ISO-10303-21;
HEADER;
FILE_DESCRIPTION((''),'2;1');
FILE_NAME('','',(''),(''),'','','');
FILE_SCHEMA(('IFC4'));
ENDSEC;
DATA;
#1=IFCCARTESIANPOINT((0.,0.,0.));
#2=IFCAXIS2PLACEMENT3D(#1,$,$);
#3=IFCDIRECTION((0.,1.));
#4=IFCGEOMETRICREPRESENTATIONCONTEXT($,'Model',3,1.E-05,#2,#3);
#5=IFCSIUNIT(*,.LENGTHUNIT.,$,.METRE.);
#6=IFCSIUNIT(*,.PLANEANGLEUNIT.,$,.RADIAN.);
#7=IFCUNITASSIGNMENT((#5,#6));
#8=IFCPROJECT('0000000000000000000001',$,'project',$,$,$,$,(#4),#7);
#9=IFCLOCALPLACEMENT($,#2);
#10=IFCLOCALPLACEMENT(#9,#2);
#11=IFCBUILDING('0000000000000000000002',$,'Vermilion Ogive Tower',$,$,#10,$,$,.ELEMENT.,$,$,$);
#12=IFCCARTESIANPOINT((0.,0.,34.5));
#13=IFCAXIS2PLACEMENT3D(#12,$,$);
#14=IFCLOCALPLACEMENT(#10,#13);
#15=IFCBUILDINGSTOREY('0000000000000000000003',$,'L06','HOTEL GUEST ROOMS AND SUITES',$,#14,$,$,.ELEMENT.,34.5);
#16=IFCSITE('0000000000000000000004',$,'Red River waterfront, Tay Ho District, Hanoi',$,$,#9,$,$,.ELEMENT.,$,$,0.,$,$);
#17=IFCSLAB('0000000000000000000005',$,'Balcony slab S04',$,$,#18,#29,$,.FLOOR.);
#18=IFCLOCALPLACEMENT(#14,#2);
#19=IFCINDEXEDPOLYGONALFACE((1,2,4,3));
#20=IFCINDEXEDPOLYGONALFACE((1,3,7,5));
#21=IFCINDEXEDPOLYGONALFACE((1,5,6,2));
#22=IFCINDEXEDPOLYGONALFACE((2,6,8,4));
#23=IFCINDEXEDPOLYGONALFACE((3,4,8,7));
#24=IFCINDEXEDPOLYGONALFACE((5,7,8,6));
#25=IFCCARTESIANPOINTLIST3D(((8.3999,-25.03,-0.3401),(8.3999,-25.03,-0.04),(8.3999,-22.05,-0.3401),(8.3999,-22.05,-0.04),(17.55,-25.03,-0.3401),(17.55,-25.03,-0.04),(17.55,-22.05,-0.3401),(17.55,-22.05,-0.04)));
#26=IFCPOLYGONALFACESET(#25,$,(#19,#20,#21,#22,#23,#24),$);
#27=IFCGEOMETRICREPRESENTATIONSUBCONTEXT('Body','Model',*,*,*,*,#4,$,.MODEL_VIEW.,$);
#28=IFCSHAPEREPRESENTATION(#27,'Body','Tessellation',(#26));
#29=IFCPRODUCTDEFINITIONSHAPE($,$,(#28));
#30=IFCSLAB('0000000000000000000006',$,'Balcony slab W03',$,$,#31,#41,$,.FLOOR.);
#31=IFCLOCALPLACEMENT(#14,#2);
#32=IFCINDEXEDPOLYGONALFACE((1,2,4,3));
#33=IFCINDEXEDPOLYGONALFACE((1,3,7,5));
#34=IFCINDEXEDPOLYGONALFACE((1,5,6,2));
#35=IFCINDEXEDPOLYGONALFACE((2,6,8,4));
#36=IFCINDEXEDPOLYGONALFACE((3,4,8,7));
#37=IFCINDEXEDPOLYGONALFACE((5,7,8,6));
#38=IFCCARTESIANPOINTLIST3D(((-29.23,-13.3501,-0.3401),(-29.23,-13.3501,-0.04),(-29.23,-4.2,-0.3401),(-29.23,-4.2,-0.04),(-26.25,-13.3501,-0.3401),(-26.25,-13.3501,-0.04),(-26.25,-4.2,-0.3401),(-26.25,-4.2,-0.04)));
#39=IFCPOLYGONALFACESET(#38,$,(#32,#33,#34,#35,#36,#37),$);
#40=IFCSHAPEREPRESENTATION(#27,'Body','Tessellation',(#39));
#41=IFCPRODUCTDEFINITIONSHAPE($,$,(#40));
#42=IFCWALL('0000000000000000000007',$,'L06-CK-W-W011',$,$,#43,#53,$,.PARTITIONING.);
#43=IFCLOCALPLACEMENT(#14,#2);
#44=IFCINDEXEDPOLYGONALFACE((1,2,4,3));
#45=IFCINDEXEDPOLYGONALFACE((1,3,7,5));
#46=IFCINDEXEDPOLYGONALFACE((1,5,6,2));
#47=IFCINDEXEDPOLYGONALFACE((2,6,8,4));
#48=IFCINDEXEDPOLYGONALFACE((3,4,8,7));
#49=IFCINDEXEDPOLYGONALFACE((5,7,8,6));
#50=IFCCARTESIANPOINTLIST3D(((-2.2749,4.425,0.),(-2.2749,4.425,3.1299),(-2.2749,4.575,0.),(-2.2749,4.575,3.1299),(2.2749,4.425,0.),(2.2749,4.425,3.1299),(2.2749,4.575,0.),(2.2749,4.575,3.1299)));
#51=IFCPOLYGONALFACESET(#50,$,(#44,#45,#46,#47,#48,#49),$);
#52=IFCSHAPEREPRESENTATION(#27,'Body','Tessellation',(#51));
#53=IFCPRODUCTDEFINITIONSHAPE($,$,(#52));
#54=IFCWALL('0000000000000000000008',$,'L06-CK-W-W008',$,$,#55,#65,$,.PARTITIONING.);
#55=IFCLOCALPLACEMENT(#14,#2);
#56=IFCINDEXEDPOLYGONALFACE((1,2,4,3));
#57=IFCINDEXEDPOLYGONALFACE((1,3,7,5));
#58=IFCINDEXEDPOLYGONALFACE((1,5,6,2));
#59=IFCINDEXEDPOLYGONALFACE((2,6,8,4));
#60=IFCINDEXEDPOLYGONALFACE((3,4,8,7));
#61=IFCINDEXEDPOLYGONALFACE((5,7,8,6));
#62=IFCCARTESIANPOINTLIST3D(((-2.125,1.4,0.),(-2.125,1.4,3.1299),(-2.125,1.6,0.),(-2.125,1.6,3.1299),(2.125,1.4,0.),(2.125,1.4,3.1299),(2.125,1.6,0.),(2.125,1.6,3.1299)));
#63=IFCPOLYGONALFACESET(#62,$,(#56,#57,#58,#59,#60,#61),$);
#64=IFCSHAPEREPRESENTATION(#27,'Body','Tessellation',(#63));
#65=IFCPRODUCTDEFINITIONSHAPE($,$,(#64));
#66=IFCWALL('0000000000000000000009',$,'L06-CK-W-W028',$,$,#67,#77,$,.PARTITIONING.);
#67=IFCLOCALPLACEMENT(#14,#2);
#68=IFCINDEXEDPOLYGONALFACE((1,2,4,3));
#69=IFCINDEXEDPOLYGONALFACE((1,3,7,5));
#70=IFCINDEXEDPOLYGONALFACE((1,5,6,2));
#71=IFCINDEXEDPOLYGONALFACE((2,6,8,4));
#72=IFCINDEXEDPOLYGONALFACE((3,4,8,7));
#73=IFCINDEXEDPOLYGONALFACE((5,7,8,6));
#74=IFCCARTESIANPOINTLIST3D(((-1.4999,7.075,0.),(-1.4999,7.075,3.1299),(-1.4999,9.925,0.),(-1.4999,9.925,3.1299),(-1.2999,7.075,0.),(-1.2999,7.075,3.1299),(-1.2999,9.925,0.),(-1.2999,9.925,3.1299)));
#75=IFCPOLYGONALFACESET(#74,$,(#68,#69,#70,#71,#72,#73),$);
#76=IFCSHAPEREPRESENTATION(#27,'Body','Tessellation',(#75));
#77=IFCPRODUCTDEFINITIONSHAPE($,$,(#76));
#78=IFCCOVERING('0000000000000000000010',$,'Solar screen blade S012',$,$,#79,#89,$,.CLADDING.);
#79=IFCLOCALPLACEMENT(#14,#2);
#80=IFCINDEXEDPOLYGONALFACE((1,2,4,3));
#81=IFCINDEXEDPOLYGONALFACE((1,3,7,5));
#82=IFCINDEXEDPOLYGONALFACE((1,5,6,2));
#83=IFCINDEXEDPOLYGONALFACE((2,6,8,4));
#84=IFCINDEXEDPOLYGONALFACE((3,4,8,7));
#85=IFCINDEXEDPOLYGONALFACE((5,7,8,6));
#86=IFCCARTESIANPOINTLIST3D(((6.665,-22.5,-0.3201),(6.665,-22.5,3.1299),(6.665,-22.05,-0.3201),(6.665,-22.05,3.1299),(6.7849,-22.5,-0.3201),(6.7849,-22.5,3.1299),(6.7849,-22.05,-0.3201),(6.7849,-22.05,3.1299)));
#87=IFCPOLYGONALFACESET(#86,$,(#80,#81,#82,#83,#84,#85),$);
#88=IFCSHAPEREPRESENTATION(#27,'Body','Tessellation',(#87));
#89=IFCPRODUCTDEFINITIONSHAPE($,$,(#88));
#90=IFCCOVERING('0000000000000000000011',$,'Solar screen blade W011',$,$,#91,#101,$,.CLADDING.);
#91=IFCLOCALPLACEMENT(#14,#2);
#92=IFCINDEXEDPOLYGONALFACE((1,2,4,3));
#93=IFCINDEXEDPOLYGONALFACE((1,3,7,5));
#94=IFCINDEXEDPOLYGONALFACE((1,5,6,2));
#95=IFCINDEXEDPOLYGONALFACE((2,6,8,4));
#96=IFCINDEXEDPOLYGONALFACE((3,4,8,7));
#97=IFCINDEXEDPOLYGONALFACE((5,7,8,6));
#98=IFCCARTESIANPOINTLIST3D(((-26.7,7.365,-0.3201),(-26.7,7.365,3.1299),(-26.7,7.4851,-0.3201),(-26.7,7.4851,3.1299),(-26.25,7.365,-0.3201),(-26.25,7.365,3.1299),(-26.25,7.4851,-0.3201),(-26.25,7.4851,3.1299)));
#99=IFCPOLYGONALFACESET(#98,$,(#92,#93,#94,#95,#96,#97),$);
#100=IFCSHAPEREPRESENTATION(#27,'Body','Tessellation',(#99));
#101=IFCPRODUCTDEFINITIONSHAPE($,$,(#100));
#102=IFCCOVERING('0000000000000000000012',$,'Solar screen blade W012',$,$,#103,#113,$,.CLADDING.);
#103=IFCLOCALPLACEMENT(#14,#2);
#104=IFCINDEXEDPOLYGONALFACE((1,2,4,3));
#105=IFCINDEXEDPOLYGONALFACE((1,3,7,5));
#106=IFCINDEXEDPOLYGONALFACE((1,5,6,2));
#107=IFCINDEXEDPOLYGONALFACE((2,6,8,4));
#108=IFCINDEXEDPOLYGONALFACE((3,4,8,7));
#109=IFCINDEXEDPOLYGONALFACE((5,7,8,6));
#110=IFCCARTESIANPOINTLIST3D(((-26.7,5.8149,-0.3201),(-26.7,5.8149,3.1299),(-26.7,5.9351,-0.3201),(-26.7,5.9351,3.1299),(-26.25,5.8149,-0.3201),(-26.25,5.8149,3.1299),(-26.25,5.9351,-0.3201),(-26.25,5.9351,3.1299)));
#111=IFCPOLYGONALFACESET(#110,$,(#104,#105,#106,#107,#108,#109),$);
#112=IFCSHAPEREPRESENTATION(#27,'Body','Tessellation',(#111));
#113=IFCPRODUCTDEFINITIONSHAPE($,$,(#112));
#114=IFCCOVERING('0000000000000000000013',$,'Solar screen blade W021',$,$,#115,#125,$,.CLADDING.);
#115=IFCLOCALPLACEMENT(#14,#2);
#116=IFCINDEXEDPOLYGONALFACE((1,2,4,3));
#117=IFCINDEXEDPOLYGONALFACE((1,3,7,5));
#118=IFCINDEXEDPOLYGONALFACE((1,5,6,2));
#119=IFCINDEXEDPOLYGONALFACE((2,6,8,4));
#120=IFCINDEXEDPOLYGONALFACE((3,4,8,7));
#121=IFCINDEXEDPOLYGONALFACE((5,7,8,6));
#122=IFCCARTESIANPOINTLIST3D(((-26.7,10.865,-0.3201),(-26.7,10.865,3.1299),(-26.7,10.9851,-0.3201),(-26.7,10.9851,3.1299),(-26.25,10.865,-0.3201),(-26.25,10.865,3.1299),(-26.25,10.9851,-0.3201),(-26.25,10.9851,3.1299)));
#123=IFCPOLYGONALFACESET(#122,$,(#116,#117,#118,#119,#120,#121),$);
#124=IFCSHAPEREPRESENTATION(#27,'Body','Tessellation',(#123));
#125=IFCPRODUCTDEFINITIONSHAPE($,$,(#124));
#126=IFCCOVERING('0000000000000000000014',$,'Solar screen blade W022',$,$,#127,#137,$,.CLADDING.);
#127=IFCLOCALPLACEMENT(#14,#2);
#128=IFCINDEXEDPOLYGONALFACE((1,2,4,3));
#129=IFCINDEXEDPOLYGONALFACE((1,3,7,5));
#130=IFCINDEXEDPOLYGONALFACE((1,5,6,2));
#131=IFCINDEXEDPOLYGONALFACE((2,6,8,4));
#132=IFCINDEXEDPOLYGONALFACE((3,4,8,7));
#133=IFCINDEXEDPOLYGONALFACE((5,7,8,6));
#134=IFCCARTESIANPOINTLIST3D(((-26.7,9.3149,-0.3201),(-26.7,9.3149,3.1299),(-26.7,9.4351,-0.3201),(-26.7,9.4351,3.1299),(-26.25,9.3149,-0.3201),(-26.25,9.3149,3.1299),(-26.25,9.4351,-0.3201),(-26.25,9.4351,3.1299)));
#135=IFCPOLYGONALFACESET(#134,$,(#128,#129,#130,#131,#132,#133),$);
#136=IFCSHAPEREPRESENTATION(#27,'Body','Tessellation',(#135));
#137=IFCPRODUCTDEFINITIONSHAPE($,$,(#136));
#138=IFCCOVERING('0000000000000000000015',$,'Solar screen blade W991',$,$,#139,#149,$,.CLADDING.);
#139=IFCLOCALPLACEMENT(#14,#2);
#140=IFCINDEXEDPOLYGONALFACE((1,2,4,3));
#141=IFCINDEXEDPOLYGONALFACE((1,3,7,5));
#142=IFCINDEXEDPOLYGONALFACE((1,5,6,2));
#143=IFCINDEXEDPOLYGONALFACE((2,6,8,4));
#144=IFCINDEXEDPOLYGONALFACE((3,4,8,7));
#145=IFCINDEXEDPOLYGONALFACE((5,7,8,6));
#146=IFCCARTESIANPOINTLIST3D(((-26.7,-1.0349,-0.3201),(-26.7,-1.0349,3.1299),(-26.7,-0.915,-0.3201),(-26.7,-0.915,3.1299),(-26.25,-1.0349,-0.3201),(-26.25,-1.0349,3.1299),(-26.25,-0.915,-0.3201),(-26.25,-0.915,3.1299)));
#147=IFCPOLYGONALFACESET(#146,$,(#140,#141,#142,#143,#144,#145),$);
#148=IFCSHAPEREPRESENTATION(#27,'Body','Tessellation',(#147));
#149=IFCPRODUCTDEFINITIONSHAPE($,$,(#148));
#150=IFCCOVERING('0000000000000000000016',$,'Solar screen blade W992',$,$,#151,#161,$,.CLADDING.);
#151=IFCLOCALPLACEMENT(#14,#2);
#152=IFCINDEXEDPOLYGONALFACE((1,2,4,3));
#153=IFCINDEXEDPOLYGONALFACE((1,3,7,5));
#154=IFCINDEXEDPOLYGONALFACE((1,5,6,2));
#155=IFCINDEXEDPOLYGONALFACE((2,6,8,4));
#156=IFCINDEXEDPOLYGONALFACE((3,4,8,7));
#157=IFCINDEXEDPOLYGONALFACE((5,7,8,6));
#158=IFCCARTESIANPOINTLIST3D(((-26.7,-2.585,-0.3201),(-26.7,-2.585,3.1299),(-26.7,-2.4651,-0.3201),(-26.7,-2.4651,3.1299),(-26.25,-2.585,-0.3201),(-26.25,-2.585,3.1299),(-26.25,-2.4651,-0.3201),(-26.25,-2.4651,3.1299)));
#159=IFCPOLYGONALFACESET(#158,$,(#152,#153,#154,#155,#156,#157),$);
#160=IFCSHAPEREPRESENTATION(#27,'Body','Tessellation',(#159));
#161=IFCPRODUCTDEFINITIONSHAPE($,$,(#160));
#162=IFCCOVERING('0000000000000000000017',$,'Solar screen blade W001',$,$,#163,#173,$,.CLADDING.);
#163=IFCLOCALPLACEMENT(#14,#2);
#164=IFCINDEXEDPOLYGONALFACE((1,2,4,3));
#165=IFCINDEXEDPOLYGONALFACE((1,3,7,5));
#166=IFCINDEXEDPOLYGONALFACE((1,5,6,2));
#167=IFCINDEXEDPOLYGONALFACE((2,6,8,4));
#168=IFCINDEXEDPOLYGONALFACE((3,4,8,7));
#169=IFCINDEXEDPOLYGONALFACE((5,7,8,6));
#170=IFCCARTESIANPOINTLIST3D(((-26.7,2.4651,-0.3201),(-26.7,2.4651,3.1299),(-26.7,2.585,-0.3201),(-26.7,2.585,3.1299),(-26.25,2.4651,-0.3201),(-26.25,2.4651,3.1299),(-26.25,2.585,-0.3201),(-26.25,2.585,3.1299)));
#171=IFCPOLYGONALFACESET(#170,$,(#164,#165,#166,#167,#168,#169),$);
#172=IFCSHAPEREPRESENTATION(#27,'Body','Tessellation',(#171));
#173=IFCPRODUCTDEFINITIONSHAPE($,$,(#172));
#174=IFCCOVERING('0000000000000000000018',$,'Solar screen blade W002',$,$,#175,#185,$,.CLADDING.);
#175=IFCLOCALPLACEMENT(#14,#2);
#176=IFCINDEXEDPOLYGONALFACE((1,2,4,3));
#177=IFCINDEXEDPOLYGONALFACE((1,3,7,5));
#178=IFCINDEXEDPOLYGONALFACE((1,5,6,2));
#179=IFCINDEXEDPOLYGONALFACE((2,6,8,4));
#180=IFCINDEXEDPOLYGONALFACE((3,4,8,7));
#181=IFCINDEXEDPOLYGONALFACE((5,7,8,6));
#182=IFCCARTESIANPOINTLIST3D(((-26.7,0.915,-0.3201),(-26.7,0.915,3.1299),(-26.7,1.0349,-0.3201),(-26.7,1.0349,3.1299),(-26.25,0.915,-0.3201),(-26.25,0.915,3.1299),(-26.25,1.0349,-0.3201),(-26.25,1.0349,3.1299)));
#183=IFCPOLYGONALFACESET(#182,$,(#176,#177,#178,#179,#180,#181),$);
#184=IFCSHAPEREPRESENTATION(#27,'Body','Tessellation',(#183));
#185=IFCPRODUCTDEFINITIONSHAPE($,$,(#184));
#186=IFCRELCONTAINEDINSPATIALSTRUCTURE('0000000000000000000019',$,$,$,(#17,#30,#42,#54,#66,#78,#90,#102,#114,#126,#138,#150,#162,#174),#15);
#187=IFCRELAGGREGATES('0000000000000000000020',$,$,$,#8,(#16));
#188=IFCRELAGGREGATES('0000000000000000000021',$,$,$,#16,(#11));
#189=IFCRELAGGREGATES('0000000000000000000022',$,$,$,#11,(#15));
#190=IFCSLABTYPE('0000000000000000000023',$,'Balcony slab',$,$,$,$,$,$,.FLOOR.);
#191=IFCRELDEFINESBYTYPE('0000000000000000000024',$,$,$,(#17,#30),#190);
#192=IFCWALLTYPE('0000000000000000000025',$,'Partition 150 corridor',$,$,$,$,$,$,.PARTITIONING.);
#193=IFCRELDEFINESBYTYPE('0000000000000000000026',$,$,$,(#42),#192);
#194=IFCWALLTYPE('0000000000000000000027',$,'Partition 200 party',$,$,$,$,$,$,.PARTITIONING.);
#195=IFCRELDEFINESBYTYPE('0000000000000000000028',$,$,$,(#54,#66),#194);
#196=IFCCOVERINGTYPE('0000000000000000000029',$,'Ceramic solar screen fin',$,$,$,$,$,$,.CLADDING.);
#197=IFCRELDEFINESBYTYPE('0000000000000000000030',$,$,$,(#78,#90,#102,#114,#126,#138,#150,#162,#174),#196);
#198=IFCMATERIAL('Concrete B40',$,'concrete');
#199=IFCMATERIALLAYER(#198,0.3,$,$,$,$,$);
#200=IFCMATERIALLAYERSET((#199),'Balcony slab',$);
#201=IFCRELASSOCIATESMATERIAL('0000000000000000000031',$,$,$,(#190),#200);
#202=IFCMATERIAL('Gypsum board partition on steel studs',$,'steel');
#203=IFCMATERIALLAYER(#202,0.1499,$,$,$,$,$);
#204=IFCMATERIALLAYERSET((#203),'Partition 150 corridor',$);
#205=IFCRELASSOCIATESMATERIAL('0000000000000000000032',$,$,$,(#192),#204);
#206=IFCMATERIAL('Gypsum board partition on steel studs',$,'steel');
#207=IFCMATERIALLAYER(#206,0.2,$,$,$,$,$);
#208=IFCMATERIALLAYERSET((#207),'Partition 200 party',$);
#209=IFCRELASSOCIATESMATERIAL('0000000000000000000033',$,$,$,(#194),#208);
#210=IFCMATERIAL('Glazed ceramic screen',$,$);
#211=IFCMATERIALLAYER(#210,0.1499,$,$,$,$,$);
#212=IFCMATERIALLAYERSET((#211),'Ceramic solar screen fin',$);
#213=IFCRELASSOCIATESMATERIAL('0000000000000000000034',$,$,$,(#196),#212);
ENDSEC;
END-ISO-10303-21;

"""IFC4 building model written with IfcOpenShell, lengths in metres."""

from ifc_helpers import new_model, si_unit, direction, frame, frame_2d, origin, place, context, subcontext, project, spatial, polyline, rectangle, outline, extrude, material, layer, layer_set, type_object, element, save


model = new_model("IFC4")

# Units and contexts
model_context = context("Model", 3, precision=1e-05, world=origin(), true_north=direction((0.0, 1.0)))
body_context = subcontext(model_context, "Body", "Model", "MODEL_VIEW")
ifc_project = project(units=[si_unit("LENGTHUNIT", "METRE"), si_unit("PLANEANGLEUNIT", "RADIAN")], contexts=[model_context])

# Site, building, storey
site_placement = place(None, origin())
site = spatial("IfcSite", under=ifc_project, at=site_placement, Name="Red River waterfront, Tay Ho District, Hanoi", CompositionType="ELEMENT", RefElevation=0.0)
building_placement = place(site_placement, origin())
building = spatial("IfcBuilding", under=site, at=building_placement, Name="Vermilion Ogive Tower", CompositionType="ELEMENT")
storey_placement = place(building_placement, frame((0.0, 0.0, 34.5)))
storey = spatial("IfcBuildingStorey", under=building, at=storey_placement, Name="L06", Description="HOTEL GUEST ROOMS AND SUITES", CompositionType="ELEMENT", Elevation=34.5)

# Slabs
ifc_material_1 = material(Name="Concrete B40", Category="concrete")
ifc_layer_1 = layer(ifc_material_1, 0.3)
ifc_layer_set_1 = layer_set([ifc_layer_1], Name="Balcony slab")
slab_type = type_object("IfcSlabType", Name="Balcony slab", PredefinedType="FLOOR", material=ifc_layer_set_1)
slab_1_placement = place(storey_placement, frame((0.0, 0.0, -0.3401)))
element("IfcSlab", 1, at=slab_1_placement, inside=storey, type_object=slab_type, Name="Balcony slab S04", PredefinedType="FLOOR", context=body_context, shape_type="SweptSolid", body=[
    extrude(outline(polyline([(8.3999, -25.03), (17.55, -25.03), (17.55, -22.05), (8.3999, -22.05), (8.3999, -25.03)])), origin(), (0.0, 0.0, 1.0), 0.3),
])
slab_2_placement = place(storey_placement, frame((0.0, 0.0, -0.3401)))
element("IfcSlab", 2, at=slab_2_placement, inside=storey, type_object=slab_type, Name="Balcony slab W03", PredefinedType="FLOOR", context=body_context, shape_type="SweptSolid", body=[
    extrude(outline(polyline([(-29.23, -4.2), (-29.23, -13.3501), (-26.25, -13.3501), (-26.25, -4.2), (-29.23, -4.2)])), origin(), (0.0, 0.0, 1.0), 0.3),
])

# Walls
ifc_material_2 = material(Name="Gypsum board partition on steel studs", Category="steel")
ifc_layer_2 = layer(ifc_material_2, 0.1499)
ifc_layer_set_2 = layer_set([ifc_layer_2], Name="Partition 150 corridor")
wall_type_1 = type_object("IfcWallType", Name="Partition 150 corridor", PredefinedType="PARTITIONING", material=ifc_layer_set_2)
wall_1_placement = place(storey_placement, frame((-2.2749, 4.5, 0.0), z_axis=(0.0, 0.0, 1.0), x_axis=(1.0, 0.0, 0.0)))
element("IfcWall", 3, at=wall_1_placement, inside=storey, type_object=wall_type_1, Name="L06-CK-W-W011", PredefinedType="PARTITIONING", context=body_context, shape_type="SweptSolid", body=[
    extrude(rectangle(XDim=4.5498, YDim=0.1499, at=frame_2d((2.2749, 0.0))), origin(), (0.0, 0.0, 1.0), 3.1299),
])
ifc_material_3 = material(Name="Gypsum board partition on steel studs", Category="steel")
ifc_layer_3 = layer(ifc_material_3, 0.2)
ifc_layer_set_3 = layer_set([ifc_layer_3], Name="Partition 200 party")
wall_type_2 = type_object("IfcWallType", Name="Partition 200 party", PredefinedType="PARTITIONING", material=ifc_layer_set_3)
wall_2_placement = place(storey_placement, frame((-2.125, 1.5, 0.0), z_axis=(0.0, 0.0, 1.0), x_axis=(1.0, 0.0, 0.0)))
element("IfcWall", 4, at=wall_2_placement, inside=storey, type_object=wall_type_2, Name="L06-CK-W-W008", PredefinedType="PARTITIONING", context=body_context, shape_type="SweptSolid", body=[
    extrude(rectangle(XDim=4.25, YDim=0.2, at=frame_2d((2.125, 0.0))), origin(), (0.0, 0.0, 1.0), 3.1299),
])
wall_3_placement = place(storey_placement, frame((-1.3999, 7.075, 0.0), z_axis=(0.0, 0.0, 1.0), x_axis=(0.0, 1.0, 0.0)))
element("IfcWall", 5, at=wall_3_placement, inside=storey, type_object=wall_type_2, Name="L06-CK-W-W028", PredefinedType="PARTITIONING", context=body_context, shape_type="SweptSolid", body=[
    extrude(rectangle(XDim=2.8501, YDim=0.2, at=frame_2d((1.425, 0.0))), origin(), (0.0, 0.0, 1.0), 3.1299),
])

# Coverings
ifc_material_4 = material(Name="Glazed ceramic screen")
ifc_layer_4 = layer(ifc_material_4, 0.1499)
ifc_layer_set_4 = layer_set([ifc_layer_4], Name="Ceramic solar screen fin")
covering_type_1 = type_object("IfcCoveringType", Name="Ceramic solar screen fin", PredefinedType="CLADDING", material=ifc_layer_set_4)
covering_1_placement = place(storey_placement, frame((0.0, 0.0, -0.3201)))
element("IfcCovering", 6, at=covering_1_placement, inside=storey, type_object=covering_type_1, Name="Solar screen blade S012", PredefinedType="CLADDING", context=body_context, shape_type="SweptSolid", body=[
    extrude(outline(polyline([(6.665, -22.5), (6.7849, -22.5), (6.7849, -22.05), (6.665, -22.05), (6.665, -22.5)])), origin(), (0.0, 0.0, 1.0), 3.45),
])
covering_2_placement = place(storey_placement, frame((0.0, 0.0, -0.3201)))
element("IfcCovering", 7, at=covering_2_placement, inside=storey, type_object=covering_type_1, Name="Solar screen blade W011", PredefinedType="CLADDING", context=body_context, shape_type="SweptSolid", body=[
    extrude(outline(polyline([(-26.7, 7.4851), (-26.7, 7.365), (-26.25, 7.365), (-26.25, 7.4851), (-26.7, 7.4851)])), origin(), (0.0, 0.0, 1.0), 3.45),
])
covering_3_placement = place(storey_placement, frame((0.0, 0.0, -0.3201)))
element("IfcCovering", 8, at=covering_3_placement, inside=storey, type_object=covering_type_1, Name="Solar screen blade W012", PredefinedType="CLADDING", context=body_context, shape_type="SweptSolid", body=[
    extrude(outline(polyline([(-26.7, 5.9351), (-26.7, 5.8149), (-26.25, 5.8149), (-26.25, 5.9351), (-26.7, 5.9351)])), origin(), (0.0, 0.0, 1.0), 3.45),
])
covering_4_placement = place(storey_placement, frame((0.0, 0.0, -0.3201)))
element("IfcCovering", 9, at=covering_4_placement, inside=storey, type_object=covering_type_1, Name="Solar screen blade W021", PredefinedType="CLADDING", context=body_context, shape_type="SweptSolid", body=[
    extrude(outline(polyline([(-26.7, 10.9851), (-26.7, 10.865), (-26.25, 10.865), (-26.25, 10.9851), (-26.7, 10.9851)])), origin(), (0.0, 0.0, 1.0), 3.45),
])
covering_5_placement = place(storey_placement, frame((0.0, 0.0, -0.3201)))
element("IfcCovering", 10, at=covering_5_placement, inside=storey, type_object=covering_type_1, Name="Solar screen blade W022", PredefinedType="CLADDING", context=body_context, shape_type="SweptSolid", body=[
    extrude(outline(polyline([(-26.7, 9.4351), (-26.7, 9.3149), (-26.25, 9.3149), (-26.25, 9.4351), (-26.7, 9.4351)])), origin(), (0.0, 0.0, 1.0), 3.45),
])
covering_6_placement = place(storey_placement, frame((0.0, 0.0, -0.3201)))
element("IfcCovering", 11, at=covering_6_placement, inside=storey, type_object=covering_type_1, Name="Solar screen blade W991", PredefinedType="CLADDING", context=body_context, shape_type="SweptSolid", body=[
    extrude(outline(polyline([(-26.7, -0.915), (-26.7, -1.0349), (-26.25, -1.0349), (-26.25, -0.915), (-26.7, -0.915)])), origin(), (0.0, 0.0, 1.0), 3.45),
])
covering_7_placement = place(storey_placement, frame((0.0, 0.0, -0.3201)))
element("IfcCovering", 12, at=covering_7_placement, inside=storey, type_object=covering_type_1, Name="Solar screen blade W992", PredefinedType="CLADDING", context=body_context, shape_type="SweptSolid", body=[
    extrude(outline(polyline([(-26.7, -2.4651), (-26.7, -2.585), (-26.25, -2.585), (-26.25, -2.4651), (-26.7, -2.4651)])), origin(), (0.0, 0.0, 1.0), 3.45),
])
covering_8_placement = place(storey_placement, frame((0.0, 0.0, -0.3201)))
element("IfcCovering", 13, at=covering_8_placement, inside=storey, type_object=covering_type_1, Name="Solar screen blade W001", PredefinedType="CLADDING", context=body_context, shape_type="SweptSolid", body=[
    extrude(outline(polyline([(-26.7, 2.585), (-26.7, 2.4651), (-26.25, 2.4651), (-26.25, 2.585), (-26.7, 2.585)])), origin(), (0.0, 0.0, 1.0), 3.45),
])
covering_9_placement = place(storey_placement, frame((0.0, 0.0, -0.3201)))
element("IfcCovering", 14, at=covering_9_placement, inside=storey, type_object=covering_type_1, Name="Solar screen blade W002", PredefinedType="CLADDING", context=body_context, shape_type="SweptSolid", body=[
    extrude(outline(polyline([(-26.7, 1.0349), (-26.7, 0.915), (-26.25, 0.915), (-26.25, 1.0349), (-26.7, 1.0349)])), origin(), (0.0, 0.0, 1.0), 3.45),
])

save(model, "model.ifc")
